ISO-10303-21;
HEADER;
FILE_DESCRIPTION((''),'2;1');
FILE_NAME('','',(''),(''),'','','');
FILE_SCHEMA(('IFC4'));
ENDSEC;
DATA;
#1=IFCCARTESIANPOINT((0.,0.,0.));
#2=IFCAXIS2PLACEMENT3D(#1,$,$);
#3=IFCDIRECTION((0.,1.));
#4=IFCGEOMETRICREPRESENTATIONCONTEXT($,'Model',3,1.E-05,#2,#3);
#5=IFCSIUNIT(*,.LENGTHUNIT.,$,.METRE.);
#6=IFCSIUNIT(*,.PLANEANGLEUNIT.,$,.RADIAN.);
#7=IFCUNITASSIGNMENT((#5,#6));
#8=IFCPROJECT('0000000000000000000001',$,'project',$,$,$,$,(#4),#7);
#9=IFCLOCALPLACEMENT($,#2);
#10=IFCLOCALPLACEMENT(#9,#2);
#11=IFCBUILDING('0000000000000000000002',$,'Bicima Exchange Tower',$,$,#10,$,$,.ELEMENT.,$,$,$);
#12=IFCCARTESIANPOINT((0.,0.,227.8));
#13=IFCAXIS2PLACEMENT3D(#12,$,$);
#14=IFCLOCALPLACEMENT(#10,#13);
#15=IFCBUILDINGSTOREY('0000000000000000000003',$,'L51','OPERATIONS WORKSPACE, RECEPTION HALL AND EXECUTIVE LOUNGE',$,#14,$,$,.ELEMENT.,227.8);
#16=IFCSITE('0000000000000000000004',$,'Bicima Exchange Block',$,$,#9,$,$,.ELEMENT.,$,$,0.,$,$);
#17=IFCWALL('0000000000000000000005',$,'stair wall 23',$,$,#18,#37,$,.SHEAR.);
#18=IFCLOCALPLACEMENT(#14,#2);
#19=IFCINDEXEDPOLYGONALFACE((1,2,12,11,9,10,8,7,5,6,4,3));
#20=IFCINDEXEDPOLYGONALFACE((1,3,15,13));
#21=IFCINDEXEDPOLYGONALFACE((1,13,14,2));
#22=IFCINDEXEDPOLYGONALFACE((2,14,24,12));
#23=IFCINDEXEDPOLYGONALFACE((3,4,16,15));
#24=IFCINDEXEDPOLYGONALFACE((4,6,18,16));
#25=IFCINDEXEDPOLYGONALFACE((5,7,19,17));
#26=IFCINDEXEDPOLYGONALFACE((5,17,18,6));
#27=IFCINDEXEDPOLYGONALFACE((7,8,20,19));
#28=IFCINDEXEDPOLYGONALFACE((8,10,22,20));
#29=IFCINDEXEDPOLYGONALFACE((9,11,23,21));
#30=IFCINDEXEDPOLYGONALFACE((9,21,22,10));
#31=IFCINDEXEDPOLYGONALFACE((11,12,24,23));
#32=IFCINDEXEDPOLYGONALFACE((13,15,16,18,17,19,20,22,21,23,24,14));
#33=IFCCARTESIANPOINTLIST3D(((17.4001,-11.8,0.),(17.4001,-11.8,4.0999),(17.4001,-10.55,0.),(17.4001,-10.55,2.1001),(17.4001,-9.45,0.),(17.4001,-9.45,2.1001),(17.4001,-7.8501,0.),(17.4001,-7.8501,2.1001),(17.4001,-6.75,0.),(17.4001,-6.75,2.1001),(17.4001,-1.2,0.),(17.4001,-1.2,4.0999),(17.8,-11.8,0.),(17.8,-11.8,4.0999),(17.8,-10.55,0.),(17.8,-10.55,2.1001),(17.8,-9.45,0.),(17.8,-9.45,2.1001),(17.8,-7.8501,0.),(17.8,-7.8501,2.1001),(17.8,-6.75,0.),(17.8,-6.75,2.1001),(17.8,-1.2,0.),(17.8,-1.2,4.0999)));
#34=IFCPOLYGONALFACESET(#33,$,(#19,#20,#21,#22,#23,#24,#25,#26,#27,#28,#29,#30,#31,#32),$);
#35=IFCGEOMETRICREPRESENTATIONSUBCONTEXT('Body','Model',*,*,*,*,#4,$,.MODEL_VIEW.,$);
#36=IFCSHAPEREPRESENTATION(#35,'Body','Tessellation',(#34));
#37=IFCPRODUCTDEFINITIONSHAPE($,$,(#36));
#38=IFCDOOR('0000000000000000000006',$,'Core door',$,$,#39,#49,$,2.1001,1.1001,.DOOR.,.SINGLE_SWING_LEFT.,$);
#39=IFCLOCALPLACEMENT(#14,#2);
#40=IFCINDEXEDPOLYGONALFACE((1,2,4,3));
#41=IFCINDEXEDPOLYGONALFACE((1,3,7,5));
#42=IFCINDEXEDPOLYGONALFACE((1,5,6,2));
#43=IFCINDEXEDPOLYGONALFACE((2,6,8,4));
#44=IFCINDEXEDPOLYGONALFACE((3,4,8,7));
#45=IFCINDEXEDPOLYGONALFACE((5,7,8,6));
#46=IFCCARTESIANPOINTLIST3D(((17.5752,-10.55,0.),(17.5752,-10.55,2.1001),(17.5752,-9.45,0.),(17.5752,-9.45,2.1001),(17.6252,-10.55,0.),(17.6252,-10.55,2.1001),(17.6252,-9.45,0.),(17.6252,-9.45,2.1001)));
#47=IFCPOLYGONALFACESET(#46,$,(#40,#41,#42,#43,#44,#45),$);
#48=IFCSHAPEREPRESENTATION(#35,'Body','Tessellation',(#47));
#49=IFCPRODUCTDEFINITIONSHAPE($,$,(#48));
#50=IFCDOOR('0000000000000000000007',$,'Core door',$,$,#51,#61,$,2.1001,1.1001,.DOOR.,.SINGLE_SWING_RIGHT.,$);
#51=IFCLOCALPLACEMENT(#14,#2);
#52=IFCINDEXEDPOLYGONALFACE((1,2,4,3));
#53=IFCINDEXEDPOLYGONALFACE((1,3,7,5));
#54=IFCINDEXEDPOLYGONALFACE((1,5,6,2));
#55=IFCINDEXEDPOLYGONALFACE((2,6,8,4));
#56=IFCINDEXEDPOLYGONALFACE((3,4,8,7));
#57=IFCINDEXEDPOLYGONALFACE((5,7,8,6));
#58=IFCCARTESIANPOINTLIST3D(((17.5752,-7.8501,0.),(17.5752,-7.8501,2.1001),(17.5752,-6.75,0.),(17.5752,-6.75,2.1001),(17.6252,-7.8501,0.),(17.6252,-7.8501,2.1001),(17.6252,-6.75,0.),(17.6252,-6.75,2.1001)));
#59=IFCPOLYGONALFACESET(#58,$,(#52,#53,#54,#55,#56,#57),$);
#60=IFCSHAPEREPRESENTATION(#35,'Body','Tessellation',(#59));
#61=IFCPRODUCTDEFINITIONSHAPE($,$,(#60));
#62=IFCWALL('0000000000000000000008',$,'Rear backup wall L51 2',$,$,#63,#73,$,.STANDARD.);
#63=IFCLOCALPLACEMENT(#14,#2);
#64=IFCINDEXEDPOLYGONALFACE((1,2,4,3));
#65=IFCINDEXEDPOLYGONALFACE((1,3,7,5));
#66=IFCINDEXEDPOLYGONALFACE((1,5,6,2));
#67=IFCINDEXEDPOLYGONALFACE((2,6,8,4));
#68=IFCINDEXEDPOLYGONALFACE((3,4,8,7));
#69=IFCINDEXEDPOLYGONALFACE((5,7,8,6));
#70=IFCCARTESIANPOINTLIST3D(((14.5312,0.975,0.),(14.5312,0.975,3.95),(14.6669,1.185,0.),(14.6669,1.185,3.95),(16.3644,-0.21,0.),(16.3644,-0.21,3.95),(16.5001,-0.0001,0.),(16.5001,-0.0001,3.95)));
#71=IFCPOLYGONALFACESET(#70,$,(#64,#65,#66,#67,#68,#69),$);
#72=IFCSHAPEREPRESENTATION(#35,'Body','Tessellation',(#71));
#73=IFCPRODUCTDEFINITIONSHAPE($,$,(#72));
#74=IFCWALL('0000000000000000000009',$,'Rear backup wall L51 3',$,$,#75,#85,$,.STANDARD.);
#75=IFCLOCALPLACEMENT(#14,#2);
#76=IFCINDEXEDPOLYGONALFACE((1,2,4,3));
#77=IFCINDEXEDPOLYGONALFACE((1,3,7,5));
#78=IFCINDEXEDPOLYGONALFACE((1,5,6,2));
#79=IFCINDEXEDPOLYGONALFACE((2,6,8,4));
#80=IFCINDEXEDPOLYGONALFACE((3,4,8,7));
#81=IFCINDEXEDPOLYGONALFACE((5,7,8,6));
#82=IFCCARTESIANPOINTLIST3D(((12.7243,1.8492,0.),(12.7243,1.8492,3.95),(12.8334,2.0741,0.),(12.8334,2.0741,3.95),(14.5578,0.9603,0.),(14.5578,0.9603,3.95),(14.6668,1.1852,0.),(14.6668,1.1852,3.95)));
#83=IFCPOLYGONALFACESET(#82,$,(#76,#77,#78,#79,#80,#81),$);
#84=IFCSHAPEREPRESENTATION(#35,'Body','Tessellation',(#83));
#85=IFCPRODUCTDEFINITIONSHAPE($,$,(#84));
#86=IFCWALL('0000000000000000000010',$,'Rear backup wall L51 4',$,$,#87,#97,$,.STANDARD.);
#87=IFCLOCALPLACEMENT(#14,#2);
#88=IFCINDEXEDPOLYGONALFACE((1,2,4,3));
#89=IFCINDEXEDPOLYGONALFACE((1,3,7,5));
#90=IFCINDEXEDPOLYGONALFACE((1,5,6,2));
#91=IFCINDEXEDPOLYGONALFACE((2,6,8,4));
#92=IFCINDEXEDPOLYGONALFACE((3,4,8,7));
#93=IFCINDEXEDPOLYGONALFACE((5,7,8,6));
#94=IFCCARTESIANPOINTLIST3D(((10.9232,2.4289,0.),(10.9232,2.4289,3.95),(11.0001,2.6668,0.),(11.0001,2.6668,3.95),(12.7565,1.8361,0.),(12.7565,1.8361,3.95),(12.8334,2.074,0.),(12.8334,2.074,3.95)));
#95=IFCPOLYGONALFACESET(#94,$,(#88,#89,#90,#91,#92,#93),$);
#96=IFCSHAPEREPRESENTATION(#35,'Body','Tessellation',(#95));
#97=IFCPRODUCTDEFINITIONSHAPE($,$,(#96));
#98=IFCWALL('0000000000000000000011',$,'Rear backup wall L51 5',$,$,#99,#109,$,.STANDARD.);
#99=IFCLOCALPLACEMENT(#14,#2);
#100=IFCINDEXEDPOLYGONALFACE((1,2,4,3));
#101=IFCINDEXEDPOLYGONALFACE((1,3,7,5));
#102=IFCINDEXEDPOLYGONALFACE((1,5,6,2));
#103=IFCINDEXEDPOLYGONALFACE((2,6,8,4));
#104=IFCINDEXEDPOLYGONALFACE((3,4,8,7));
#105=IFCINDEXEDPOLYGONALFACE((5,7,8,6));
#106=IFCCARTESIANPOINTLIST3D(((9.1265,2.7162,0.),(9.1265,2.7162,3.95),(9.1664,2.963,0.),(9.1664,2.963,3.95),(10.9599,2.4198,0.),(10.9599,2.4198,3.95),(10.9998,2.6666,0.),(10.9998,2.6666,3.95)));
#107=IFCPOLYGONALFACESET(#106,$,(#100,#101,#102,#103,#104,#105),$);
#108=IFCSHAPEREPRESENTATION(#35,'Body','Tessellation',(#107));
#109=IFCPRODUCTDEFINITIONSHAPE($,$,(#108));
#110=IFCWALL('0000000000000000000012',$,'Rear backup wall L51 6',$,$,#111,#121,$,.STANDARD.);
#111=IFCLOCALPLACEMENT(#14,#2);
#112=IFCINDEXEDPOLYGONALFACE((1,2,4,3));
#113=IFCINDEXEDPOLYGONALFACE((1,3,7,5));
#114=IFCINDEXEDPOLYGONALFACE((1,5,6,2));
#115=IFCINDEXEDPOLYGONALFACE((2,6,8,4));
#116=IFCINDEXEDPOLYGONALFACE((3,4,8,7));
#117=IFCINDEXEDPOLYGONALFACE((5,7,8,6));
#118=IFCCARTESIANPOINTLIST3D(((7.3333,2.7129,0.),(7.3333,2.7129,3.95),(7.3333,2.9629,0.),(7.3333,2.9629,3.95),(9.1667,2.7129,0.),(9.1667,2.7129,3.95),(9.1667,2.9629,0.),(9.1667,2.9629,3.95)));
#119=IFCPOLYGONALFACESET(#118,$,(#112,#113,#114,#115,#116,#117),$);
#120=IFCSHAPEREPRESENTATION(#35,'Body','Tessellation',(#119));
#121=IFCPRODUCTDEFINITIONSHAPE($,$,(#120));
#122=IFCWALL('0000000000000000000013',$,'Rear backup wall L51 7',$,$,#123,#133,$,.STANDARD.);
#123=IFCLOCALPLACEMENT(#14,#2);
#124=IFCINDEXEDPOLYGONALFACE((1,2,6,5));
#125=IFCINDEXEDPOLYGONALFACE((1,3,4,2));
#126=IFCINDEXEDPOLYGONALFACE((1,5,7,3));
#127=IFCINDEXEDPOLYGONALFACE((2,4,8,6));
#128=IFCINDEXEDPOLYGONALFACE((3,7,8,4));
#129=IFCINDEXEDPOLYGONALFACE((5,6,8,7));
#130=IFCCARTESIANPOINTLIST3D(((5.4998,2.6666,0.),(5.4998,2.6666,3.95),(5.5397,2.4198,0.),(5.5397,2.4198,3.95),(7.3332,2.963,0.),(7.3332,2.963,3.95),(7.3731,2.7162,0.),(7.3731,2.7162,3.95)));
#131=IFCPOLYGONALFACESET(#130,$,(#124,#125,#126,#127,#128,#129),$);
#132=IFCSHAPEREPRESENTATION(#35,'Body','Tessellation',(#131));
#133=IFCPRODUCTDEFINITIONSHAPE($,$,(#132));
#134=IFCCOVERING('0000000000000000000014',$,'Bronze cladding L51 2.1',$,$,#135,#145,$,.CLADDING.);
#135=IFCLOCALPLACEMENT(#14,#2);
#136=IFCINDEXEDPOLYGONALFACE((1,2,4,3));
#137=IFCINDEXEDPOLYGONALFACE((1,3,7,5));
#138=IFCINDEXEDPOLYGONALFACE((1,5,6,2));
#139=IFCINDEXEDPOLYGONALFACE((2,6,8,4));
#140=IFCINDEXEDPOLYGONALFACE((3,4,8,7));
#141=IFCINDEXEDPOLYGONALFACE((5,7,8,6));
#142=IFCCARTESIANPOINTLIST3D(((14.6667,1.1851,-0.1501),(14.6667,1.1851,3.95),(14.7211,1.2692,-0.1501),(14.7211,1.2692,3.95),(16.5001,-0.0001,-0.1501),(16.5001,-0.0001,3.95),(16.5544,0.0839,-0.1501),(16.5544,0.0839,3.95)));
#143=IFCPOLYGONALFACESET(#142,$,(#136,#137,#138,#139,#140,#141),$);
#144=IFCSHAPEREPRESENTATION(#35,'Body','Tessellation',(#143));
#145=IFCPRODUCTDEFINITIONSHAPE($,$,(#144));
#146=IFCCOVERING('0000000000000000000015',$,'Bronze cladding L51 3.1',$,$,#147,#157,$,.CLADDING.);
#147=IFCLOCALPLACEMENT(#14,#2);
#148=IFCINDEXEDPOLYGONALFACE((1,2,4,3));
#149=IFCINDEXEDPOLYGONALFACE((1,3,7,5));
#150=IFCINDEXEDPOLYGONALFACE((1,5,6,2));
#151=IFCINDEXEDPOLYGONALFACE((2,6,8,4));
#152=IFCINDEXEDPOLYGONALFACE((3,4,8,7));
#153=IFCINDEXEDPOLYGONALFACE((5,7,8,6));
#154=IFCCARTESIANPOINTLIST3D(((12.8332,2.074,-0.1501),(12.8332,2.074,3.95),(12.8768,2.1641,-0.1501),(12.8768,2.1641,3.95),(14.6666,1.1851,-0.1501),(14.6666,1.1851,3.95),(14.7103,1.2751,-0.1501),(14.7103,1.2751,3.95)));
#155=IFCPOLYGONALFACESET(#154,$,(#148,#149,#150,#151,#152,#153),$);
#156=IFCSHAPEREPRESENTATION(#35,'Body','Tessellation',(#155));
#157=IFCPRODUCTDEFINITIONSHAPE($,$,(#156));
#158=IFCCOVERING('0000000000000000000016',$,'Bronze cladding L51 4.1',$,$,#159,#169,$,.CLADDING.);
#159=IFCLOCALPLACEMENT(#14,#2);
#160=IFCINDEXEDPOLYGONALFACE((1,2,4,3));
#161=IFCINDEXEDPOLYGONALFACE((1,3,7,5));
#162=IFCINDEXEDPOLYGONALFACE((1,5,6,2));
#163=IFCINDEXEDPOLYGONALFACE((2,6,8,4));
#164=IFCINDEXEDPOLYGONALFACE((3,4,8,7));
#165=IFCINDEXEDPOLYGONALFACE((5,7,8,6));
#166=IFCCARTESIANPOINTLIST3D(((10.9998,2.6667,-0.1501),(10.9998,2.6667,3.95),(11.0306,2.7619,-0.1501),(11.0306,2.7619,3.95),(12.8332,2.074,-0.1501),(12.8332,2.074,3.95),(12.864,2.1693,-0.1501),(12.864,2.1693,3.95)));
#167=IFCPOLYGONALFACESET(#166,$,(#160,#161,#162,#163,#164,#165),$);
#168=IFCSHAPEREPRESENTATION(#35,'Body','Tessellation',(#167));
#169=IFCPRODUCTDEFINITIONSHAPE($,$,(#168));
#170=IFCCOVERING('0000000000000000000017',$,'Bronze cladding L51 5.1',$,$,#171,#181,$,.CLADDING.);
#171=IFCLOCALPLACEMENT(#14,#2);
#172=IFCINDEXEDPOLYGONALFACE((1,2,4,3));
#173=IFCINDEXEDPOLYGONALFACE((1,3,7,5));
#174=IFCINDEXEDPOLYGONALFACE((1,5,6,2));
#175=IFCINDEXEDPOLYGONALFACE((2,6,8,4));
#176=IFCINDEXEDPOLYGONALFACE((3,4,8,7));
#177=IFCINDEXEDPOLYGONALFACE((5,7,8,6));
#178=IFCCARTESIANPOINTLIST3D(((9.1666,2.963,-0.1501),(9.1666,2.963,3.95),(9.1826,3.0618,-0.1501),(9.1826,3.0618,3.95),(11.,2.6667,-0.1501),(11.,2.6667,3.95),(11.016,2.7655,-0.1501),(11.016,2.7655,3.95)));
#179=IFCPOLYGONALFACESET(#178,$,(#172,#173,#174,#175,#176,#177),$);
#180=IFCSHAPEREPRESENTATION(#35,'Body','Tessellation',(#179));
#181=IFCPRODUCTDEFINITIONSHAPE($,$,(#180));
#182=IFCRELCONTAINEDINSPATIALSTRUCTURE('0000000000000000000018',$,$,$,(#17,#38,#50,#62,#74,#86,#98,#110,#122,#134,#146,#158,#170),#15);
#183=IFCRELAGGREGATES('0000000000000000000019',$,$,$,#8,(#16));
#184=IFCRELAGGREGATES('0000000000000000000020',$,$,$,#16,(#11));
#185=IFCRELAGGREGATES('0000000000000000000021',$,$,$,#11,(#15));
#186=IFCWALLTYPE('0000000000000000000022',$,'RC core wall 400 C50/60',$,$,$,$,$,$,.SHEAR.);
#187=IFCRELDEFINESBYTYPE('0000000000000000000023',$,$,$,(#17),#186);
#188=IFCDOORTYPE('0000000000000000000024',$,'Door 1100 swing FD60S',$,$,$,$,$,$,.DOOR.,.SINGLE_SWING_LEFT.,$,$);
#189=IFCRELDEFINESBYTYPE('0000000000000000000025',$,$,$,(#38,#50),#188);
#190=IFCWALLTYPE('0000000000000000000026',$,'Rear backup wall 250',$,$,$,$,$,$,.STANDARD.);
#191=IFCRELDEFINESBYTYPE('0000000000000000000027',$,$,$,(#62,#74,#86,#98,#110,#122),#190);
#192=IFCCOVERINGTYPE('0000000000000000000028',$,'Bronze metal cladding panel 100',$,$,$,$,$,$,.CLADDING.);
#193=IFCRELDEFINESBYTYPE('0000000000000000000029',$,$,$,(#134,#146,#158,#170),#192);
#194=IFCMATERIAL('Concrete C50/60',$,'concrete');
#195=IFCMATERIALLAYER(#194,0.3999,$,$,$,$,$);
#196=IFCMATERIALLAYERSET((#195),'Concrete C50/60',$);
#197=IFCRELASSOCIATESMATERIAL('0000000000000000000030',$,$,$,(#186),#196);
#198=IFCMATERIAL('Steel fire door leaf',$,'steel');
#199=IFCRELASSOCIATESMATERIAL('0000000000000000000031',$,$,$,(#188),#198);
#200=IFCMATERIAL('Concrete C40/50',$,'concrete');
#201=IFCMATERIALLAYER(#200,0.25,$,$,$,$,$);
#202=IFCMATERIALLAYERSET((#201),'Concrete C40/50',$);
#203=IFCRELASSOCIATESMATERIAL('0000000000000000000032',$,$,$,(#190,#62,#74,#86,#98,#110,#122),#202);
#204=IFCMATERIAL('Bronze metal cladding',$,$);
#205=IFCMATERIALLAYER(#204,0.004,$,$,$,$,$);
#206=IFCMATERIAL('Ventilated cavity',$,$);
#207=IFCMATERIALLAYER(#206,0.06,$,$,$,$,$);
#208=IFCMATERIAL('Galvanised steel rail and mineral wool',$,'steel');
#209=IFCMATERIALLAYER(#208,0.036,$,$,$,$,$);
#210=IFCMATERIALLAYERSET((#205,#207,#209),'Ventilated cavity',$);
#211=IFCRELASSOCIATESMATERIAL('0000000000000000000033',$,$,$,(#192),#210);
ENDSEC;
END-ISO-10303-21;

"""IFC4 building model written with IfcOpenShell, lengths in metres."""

from ifc_helpers import new_model, si_unit, direction, frame, frame_2d, origin, origin_2d, place, context, subcontext, project, spatial, rectangle, extrude, material, layer, layer_set, layer_usage, type_object, element, fill, save


model = new_model("IFC4")

# Units and contexts
model_context = context("Model", 3, precision=1e-05, world=origin(), true_north=direction((0.0, 1.0)))
body_context = subcontext(model_context, "Body", "Model", "MODEL_VIEW")
ifc_project = project(units=[si_unit("LENGTHUNIT", "METRE"), si_unit("PLANEANGLEUNIT", "RADIAN")], contexts=[model_context])

# Site, building, storey
site_placement = place(None, origin())
site = spatial("IfcSite", under=ifc_project, at=site_placement, Name="Bicima Exchange Block", CompositionType="ELEMENT", RefElevation=0.0)
building_placement = place(site_placement, origin())
building = spatial("IfcBuilding", under=site, at=building_placement, Name="Bicima Exchange Tower", CompositionType="ELEMENT")
storey_placement = place(building_placement, frame((0.0, 0.0, 227.8)))
storey = spatial("IfcBuildingStorey", under=building, at=storey_placement, Name="L51", Description="OPERATIONS WORKSPACE, RECEPTION HALL AND EXECUTIVE LOUNGE", CompositionType="ELEMENT", Elevation=227.8)

# Shared definitions
ifc_material_1 = material(Name="Concrete C50/60", Category="concrete")
ifc_layer_1 = layer(ifc_material_1, 0.3999)
ifc_layer_set_1 = layer_set([ifc_layer_1], Name="Concrete C50/60")
wall_type_1 = type_object("IfcWallType", Name="RC core wall 400 C50/60", PredefinedType="SHEAR", material=ifc_layer_set_1)

# Wall, openings, doors
ifc_material_2 = material(Name="Steel fire door leaf", Category="steel")
door_type_1 = type_object("IfcDoorType", Name="Door 1100 swing FD60S", OperationType="SINGLE_SWING_LEFT", PredefinedType="DOOR", material=ifc_material_2)
wall_1_placement = place(storey_placement, frame((17.6001, -11.8, 0.0), z_axis=(0.0, 0.0, 1.0), x_axis=(0.0, 1.0, 0.0)))
wall_1 = element("IfcWall", 1, at=wall_1_placement, inside=storey, type_object=wall_type_1, Name="stair wall 23", PredefinedType="SHEAR", context=body_context, shape_type="SweptSolid", body=[
    extrude(rectangle(XDim=10.6001, YDim=0.3999, at=frame_2d((5.3, 0.0))), origin(), (0.0, 0.0, 1.0), 4.0999),
])
opening_1_placement = place(wall_1_placement, frame((1.25, 0.0, 0.0)))
opening_1 = element("IfcOpeningElement", 2, at=opening_1_placement, cuts=wall_1, PredefinedType="OPENING", context=body_context, shape_type="SweptSolid", body=[
    extrude(rectangle(XDim=1.1001, YDim=2.1001, at=frame_2d((0.55, 1.05))), frame((0.0, 0.2119, 0.0), z_axis=(0.0, -1.0, 0.0), x_axis=(1.0, 0.0, 0.0)), (0.0, 0.0, 1.0), 0.4238),
])
opening_2_placement = place(wall_1_placement, frame((3.95, 0.0, 0.0)))
opening_2 = element("IfcOpeningElement", 3, at=opening_2_placement, cuts=wall_1, PredefinedType="OPENING", context=body_context, shape_type="SweptSolid", body=[
    extrude(rectangle(XDim=1.1001, YDim=2.1001, at=frame_2d((0.55, 1.05))), frame((0.0, 0.2119, 0.0), z_axis=(0.0, -1.0, 0.0), x_axis=(1.0, 0.0, 0.0)), (0.0, 0.0, 1.0), 0.4238),
])
door_1_placement = place(opening_1_placement, origin())
door_1 = element("IfcDoor", 4, at=door_1_placement, inside=storey, type_object=door_type_1, Name="Core door", OperationType="SINGLE_SWING_LEFT", OverallHeight=2.1001, OverallWidth=1.1001, PredefinedType="DOOR", context=body_context, shape_type="SweptSolid", body=[
    extrude(rectangle(XDim=1.1001, YDim=2.1001, at=frame_2d((0.55, 1.05))), frame((0.0, 0.0249, 0.0), z_axis=(0.0, -1.0, 0.0), x_axis=(1.0, 0.0, 0.0)), (0.0, 0.0, 1.0), 0.05),
])
fill(opening_1, door_1)
door_2_placement = place(opening_2_placement, origin())
door_2 = element("IfcDoor", 5, at=door_2_placement, inside=storey, type_object=door_type_1, Name="Core door", OperationType="SINGLE_SWING_RIGHT", OverallHeight=2.1001, OverallWidth=1.1001, PredefinedType="DOOR", context=body_context, shape_type="SweptSolid", body=[
    extrude(rectangle(XDim=1.1001, YDim=2.1001, at=frame_2d((0.55, 1.05))), frame((0.0, 0.0249, 0.0), z_axis=(0.0, -1.0, 0.0), x_axis=(1.0, 0.0, 0.0)), (0.0, 0.0, 1.0), 0.05),
])
fill(opening_2, door_2)

# Walls
ifc_material_3 = material(Name="Concrete C40/50", Category="concrete")
ifc_layer_2 = layer(ifc_material_3, 0.25)
ifc_layer_set_2 = layer_set([ifc_layer_2], Name="Concrete C40/50")
ifc_layer_usage = layer_usage(ifc_layer_set_2, "AXIS2", "POSITIVE", -0.125)
wall_type_2 = type_object("IfcWallType", Name="Rear backup wall 250", PredefinedType="STANDARD", material=ifc_layer_set_2)
wall_2_placement = place(storey_placement, frame((16.4321, -0.105, 0.0), z_axis=(0.0, 0.0, 1.0), x_axis=(-0.839813, 0.542876, 0.0)))
element("IfcWall", 6, at=wall_2_placement, inside=storey, type_object=wall_type_2, material=ifc_layer_usage, Name="Rear backup wall L51 2", PredefinedType="STANDARD", context=body_context, shape_type="SweptSolid", body=[
    extrude(rectangle(XDim=2.1829, YDim=0.25, at=frame_2d((1.0913, 0.0))), origin(), (0.0, 0.0, 1.0), 3.95),
])
wall_3_placement = place(storey_placement, frame((14.6123, 1.0728, 0.0), z_axis=(0.0, 0.0, 1.0), x_axis=(-0.899824, 0.436253, 0.0)))
element("IfcWall", 7, at=wall_3_placement, inside=storey, type_object=wall_type_2, material=ifc_layer_usage, Name="Rear backup wall L51 3", PredefinedType="STANDARD", context=body_context, shape_type="SweptSolid", body=[
    extrude(rectangle(XDim=2.0376, YDim=0.25, at=frame_2d((1.0188, 0.0))), origin(), (0.0, 0.0, 1.0), 3.95),
])
wall_4_placement = place(storey_placement, frame((12.7949, 1.9551, 0.0), z_axis=(0.0, 0.0, 1.0), x_axis=(-0.951496, 0.307662, 0.0)))
element("IfcWall", 8, at=wall_4_placement, inside=storey, type_object=wall_type_2, material=ifc_layer_usage, Name="Rear backup wall L51 4", PredefinedType="STANDARD", context=body_context, shape_type="SweptSolid", body=[
    extrude(rectangle(XDim=1.9268, YDim=0.25, at=frame_2d((0.9634, 0.0))), origin(), (0.0, 0.0, 1.0), 3.95),
])
wall_5_placement = place(storey_placement, frame((10.98, 2.5432, 0.0), z_axis=(0.0, 0.0, 1.0), x_axis=(-0.987182, 0.1596, 0.0)))
element("IfcWall", 9, at=wall_5_placement, inside=storey, type_object=wall_type_2, material=ifc_layer_usage, Name="Rear backup wall L51 5", PredefinedType="STANDARD", context=body_context, shape_type="SweptSolid", body=[
    extrude(rectangle(XDim=1.8572, YDim=0.25, at=frame_2d((0.9287, 0.0))), origin(), (0.0, 0.0, 1.0), 3.95),
])
wall_6_placement = place(storey_placement, frame((9.1667, 2.8379, 0.0), z_axis=(0.0, 0.0, 1.0), x_axis=(-1.0, 0.0, 0.0)))
element("IfcWall", 10, at=wall_6_placement, inside=storey, type_object=wall_type_2, material=ifc_layer_usage, Name="Rear backup wall L51 6", PredefinedType="STANDARD", context=body_context, shape_type="SweptSolid", body=[
    extrude(rectangle(XDim=1.8335, YDim=0.25, at=frame_2d((0.9167, 0.0))), origin(), (0.0, 0.0, 1.0), 3.95),
])
wall_7_placement = place(storey_placement, frame((7.3533, 2.8396, 0.0), z_axis=(0.0, 0.0, 1.0), x_axis=(-0.987182, -0.1596, 0.0)))
element("IfcWall", 11, at=wall_7_placement, inside=storey, type_object=wall_type_2, material=ifc_layer_usage, Name="Rear backup wall L51 7", PredefinedType="STANDARD", context=body_context, shape_type="SweptSolid", body=[
    extrude(rectangle(XDim=1.8572, YDim=0.25, at=frame_2d((0.9287, 0.0))), origin(), (0.0, 0.0, 1.0), 3.95),
])

# Coverings
ifc_material_4 = material(Name="Bronze metal cladding")
ifc_layer_3 = layer(ifc_material_4, 0.004)
ifc_material_5 = material(Name="Ventilated cavity")
ifc_layer_4 = layer(ifc_material_5, 0.06)
ifc_material_6 = material(Name="Galvanised steel rail and mineral wool", Category="steel")
ifc_layer_5 = layer(ifc_material_6, 0.036)
ifc_layer_set_3 = layer_set([ifc_layer_3, ifc_layer_4, ifc_layer_5], Name="Ventilated cavity")
covering_type = type_object("IfcCoveringType", Name="Bronze metal cladding panel 100", PredefinedType="CLADDING", material=ifc_layer_set_3)
covering_1_placement = place(storey_placement, frame((15.6106, 0.6345, -0.1501), z_axis=(0.0, 0.0, 1.0), x_axis=(-0.83979, 0.542911, 0.0)))
element("IfcCovering", 12, at=covering_1_placement, inside=storey, type_object=covering_type, Name="Bronze cladding L51 2.1", PredefinedType="CLADDING", context=body_context, shape_type="SweptSolid", body=[
    extrude(rectangle(XDim=2.1831, YDim=0.1001, at=origin_2d()), origin(), (0.0, 0.0, 1.0), 4.1001),
])
covering_2_placement = place(storey_placement, frame((13.7717, 1.6746, -0.1501), z_axis=(0.0, 0.0, 1.0), x_axis=(-0.899818, 0.436265, 0.0)))
element("IfcCovering", 13, at=covering_2_placement, inside=storey, type_object=covering_type, Name="Bronze cladding L51 3.1", PredefinedType="CLADDING", context=body_context, shape_type="SweptSolid", body=[
    extrude(rectangle(XDim=2.0376, YDim=0.1001, at=origin_2d()), origin(), (0.0, 0.0, 1.0), 4.1001),
])
covering_3_placement = place(storey_placement, frame((11.9319, 2.418, -0.1501), z_axis=(0.0, 0.0, 1.0), x_axis=(-0.951525, 0.307573, 0.0)))
element("IfcCovering", 14, at=covering_3_placement, inside=storey, type_object=covering_type, Name="Bronze cladding L51 4.1", PredefinedType="CLADDING", context=body_context, shape_type="SweptSolid", body=[
    extrude(rectangle(XDim=1.9268, YDim=0.1001, at=origin_2d()), origin(), (0.0, 0.0, 1.0), 4.1001),
])
covering_4_placement = place(storey_placement, frame((10.0913, 2.8643, -0.1501), z_axis=(0.0, 0.0, 1.0), x_axis=(-0.98719, 0.15955, 0.0)))
element("IfcCovering", 15, at=covering_4_placement, inside=storey, type_object=covering_type, Name="Bronze cladding L51 5.1", PredefinedType="CLADDING", context=body_context, shape_type="SweptSolid", body=[
    extrude(rectangle(XDim=1.8572, YDim=0.1001, at=origin_2d()), origin(), (0.0, 0.0, 1.0), 4.1001),
])

save(model, "model.ifc")
